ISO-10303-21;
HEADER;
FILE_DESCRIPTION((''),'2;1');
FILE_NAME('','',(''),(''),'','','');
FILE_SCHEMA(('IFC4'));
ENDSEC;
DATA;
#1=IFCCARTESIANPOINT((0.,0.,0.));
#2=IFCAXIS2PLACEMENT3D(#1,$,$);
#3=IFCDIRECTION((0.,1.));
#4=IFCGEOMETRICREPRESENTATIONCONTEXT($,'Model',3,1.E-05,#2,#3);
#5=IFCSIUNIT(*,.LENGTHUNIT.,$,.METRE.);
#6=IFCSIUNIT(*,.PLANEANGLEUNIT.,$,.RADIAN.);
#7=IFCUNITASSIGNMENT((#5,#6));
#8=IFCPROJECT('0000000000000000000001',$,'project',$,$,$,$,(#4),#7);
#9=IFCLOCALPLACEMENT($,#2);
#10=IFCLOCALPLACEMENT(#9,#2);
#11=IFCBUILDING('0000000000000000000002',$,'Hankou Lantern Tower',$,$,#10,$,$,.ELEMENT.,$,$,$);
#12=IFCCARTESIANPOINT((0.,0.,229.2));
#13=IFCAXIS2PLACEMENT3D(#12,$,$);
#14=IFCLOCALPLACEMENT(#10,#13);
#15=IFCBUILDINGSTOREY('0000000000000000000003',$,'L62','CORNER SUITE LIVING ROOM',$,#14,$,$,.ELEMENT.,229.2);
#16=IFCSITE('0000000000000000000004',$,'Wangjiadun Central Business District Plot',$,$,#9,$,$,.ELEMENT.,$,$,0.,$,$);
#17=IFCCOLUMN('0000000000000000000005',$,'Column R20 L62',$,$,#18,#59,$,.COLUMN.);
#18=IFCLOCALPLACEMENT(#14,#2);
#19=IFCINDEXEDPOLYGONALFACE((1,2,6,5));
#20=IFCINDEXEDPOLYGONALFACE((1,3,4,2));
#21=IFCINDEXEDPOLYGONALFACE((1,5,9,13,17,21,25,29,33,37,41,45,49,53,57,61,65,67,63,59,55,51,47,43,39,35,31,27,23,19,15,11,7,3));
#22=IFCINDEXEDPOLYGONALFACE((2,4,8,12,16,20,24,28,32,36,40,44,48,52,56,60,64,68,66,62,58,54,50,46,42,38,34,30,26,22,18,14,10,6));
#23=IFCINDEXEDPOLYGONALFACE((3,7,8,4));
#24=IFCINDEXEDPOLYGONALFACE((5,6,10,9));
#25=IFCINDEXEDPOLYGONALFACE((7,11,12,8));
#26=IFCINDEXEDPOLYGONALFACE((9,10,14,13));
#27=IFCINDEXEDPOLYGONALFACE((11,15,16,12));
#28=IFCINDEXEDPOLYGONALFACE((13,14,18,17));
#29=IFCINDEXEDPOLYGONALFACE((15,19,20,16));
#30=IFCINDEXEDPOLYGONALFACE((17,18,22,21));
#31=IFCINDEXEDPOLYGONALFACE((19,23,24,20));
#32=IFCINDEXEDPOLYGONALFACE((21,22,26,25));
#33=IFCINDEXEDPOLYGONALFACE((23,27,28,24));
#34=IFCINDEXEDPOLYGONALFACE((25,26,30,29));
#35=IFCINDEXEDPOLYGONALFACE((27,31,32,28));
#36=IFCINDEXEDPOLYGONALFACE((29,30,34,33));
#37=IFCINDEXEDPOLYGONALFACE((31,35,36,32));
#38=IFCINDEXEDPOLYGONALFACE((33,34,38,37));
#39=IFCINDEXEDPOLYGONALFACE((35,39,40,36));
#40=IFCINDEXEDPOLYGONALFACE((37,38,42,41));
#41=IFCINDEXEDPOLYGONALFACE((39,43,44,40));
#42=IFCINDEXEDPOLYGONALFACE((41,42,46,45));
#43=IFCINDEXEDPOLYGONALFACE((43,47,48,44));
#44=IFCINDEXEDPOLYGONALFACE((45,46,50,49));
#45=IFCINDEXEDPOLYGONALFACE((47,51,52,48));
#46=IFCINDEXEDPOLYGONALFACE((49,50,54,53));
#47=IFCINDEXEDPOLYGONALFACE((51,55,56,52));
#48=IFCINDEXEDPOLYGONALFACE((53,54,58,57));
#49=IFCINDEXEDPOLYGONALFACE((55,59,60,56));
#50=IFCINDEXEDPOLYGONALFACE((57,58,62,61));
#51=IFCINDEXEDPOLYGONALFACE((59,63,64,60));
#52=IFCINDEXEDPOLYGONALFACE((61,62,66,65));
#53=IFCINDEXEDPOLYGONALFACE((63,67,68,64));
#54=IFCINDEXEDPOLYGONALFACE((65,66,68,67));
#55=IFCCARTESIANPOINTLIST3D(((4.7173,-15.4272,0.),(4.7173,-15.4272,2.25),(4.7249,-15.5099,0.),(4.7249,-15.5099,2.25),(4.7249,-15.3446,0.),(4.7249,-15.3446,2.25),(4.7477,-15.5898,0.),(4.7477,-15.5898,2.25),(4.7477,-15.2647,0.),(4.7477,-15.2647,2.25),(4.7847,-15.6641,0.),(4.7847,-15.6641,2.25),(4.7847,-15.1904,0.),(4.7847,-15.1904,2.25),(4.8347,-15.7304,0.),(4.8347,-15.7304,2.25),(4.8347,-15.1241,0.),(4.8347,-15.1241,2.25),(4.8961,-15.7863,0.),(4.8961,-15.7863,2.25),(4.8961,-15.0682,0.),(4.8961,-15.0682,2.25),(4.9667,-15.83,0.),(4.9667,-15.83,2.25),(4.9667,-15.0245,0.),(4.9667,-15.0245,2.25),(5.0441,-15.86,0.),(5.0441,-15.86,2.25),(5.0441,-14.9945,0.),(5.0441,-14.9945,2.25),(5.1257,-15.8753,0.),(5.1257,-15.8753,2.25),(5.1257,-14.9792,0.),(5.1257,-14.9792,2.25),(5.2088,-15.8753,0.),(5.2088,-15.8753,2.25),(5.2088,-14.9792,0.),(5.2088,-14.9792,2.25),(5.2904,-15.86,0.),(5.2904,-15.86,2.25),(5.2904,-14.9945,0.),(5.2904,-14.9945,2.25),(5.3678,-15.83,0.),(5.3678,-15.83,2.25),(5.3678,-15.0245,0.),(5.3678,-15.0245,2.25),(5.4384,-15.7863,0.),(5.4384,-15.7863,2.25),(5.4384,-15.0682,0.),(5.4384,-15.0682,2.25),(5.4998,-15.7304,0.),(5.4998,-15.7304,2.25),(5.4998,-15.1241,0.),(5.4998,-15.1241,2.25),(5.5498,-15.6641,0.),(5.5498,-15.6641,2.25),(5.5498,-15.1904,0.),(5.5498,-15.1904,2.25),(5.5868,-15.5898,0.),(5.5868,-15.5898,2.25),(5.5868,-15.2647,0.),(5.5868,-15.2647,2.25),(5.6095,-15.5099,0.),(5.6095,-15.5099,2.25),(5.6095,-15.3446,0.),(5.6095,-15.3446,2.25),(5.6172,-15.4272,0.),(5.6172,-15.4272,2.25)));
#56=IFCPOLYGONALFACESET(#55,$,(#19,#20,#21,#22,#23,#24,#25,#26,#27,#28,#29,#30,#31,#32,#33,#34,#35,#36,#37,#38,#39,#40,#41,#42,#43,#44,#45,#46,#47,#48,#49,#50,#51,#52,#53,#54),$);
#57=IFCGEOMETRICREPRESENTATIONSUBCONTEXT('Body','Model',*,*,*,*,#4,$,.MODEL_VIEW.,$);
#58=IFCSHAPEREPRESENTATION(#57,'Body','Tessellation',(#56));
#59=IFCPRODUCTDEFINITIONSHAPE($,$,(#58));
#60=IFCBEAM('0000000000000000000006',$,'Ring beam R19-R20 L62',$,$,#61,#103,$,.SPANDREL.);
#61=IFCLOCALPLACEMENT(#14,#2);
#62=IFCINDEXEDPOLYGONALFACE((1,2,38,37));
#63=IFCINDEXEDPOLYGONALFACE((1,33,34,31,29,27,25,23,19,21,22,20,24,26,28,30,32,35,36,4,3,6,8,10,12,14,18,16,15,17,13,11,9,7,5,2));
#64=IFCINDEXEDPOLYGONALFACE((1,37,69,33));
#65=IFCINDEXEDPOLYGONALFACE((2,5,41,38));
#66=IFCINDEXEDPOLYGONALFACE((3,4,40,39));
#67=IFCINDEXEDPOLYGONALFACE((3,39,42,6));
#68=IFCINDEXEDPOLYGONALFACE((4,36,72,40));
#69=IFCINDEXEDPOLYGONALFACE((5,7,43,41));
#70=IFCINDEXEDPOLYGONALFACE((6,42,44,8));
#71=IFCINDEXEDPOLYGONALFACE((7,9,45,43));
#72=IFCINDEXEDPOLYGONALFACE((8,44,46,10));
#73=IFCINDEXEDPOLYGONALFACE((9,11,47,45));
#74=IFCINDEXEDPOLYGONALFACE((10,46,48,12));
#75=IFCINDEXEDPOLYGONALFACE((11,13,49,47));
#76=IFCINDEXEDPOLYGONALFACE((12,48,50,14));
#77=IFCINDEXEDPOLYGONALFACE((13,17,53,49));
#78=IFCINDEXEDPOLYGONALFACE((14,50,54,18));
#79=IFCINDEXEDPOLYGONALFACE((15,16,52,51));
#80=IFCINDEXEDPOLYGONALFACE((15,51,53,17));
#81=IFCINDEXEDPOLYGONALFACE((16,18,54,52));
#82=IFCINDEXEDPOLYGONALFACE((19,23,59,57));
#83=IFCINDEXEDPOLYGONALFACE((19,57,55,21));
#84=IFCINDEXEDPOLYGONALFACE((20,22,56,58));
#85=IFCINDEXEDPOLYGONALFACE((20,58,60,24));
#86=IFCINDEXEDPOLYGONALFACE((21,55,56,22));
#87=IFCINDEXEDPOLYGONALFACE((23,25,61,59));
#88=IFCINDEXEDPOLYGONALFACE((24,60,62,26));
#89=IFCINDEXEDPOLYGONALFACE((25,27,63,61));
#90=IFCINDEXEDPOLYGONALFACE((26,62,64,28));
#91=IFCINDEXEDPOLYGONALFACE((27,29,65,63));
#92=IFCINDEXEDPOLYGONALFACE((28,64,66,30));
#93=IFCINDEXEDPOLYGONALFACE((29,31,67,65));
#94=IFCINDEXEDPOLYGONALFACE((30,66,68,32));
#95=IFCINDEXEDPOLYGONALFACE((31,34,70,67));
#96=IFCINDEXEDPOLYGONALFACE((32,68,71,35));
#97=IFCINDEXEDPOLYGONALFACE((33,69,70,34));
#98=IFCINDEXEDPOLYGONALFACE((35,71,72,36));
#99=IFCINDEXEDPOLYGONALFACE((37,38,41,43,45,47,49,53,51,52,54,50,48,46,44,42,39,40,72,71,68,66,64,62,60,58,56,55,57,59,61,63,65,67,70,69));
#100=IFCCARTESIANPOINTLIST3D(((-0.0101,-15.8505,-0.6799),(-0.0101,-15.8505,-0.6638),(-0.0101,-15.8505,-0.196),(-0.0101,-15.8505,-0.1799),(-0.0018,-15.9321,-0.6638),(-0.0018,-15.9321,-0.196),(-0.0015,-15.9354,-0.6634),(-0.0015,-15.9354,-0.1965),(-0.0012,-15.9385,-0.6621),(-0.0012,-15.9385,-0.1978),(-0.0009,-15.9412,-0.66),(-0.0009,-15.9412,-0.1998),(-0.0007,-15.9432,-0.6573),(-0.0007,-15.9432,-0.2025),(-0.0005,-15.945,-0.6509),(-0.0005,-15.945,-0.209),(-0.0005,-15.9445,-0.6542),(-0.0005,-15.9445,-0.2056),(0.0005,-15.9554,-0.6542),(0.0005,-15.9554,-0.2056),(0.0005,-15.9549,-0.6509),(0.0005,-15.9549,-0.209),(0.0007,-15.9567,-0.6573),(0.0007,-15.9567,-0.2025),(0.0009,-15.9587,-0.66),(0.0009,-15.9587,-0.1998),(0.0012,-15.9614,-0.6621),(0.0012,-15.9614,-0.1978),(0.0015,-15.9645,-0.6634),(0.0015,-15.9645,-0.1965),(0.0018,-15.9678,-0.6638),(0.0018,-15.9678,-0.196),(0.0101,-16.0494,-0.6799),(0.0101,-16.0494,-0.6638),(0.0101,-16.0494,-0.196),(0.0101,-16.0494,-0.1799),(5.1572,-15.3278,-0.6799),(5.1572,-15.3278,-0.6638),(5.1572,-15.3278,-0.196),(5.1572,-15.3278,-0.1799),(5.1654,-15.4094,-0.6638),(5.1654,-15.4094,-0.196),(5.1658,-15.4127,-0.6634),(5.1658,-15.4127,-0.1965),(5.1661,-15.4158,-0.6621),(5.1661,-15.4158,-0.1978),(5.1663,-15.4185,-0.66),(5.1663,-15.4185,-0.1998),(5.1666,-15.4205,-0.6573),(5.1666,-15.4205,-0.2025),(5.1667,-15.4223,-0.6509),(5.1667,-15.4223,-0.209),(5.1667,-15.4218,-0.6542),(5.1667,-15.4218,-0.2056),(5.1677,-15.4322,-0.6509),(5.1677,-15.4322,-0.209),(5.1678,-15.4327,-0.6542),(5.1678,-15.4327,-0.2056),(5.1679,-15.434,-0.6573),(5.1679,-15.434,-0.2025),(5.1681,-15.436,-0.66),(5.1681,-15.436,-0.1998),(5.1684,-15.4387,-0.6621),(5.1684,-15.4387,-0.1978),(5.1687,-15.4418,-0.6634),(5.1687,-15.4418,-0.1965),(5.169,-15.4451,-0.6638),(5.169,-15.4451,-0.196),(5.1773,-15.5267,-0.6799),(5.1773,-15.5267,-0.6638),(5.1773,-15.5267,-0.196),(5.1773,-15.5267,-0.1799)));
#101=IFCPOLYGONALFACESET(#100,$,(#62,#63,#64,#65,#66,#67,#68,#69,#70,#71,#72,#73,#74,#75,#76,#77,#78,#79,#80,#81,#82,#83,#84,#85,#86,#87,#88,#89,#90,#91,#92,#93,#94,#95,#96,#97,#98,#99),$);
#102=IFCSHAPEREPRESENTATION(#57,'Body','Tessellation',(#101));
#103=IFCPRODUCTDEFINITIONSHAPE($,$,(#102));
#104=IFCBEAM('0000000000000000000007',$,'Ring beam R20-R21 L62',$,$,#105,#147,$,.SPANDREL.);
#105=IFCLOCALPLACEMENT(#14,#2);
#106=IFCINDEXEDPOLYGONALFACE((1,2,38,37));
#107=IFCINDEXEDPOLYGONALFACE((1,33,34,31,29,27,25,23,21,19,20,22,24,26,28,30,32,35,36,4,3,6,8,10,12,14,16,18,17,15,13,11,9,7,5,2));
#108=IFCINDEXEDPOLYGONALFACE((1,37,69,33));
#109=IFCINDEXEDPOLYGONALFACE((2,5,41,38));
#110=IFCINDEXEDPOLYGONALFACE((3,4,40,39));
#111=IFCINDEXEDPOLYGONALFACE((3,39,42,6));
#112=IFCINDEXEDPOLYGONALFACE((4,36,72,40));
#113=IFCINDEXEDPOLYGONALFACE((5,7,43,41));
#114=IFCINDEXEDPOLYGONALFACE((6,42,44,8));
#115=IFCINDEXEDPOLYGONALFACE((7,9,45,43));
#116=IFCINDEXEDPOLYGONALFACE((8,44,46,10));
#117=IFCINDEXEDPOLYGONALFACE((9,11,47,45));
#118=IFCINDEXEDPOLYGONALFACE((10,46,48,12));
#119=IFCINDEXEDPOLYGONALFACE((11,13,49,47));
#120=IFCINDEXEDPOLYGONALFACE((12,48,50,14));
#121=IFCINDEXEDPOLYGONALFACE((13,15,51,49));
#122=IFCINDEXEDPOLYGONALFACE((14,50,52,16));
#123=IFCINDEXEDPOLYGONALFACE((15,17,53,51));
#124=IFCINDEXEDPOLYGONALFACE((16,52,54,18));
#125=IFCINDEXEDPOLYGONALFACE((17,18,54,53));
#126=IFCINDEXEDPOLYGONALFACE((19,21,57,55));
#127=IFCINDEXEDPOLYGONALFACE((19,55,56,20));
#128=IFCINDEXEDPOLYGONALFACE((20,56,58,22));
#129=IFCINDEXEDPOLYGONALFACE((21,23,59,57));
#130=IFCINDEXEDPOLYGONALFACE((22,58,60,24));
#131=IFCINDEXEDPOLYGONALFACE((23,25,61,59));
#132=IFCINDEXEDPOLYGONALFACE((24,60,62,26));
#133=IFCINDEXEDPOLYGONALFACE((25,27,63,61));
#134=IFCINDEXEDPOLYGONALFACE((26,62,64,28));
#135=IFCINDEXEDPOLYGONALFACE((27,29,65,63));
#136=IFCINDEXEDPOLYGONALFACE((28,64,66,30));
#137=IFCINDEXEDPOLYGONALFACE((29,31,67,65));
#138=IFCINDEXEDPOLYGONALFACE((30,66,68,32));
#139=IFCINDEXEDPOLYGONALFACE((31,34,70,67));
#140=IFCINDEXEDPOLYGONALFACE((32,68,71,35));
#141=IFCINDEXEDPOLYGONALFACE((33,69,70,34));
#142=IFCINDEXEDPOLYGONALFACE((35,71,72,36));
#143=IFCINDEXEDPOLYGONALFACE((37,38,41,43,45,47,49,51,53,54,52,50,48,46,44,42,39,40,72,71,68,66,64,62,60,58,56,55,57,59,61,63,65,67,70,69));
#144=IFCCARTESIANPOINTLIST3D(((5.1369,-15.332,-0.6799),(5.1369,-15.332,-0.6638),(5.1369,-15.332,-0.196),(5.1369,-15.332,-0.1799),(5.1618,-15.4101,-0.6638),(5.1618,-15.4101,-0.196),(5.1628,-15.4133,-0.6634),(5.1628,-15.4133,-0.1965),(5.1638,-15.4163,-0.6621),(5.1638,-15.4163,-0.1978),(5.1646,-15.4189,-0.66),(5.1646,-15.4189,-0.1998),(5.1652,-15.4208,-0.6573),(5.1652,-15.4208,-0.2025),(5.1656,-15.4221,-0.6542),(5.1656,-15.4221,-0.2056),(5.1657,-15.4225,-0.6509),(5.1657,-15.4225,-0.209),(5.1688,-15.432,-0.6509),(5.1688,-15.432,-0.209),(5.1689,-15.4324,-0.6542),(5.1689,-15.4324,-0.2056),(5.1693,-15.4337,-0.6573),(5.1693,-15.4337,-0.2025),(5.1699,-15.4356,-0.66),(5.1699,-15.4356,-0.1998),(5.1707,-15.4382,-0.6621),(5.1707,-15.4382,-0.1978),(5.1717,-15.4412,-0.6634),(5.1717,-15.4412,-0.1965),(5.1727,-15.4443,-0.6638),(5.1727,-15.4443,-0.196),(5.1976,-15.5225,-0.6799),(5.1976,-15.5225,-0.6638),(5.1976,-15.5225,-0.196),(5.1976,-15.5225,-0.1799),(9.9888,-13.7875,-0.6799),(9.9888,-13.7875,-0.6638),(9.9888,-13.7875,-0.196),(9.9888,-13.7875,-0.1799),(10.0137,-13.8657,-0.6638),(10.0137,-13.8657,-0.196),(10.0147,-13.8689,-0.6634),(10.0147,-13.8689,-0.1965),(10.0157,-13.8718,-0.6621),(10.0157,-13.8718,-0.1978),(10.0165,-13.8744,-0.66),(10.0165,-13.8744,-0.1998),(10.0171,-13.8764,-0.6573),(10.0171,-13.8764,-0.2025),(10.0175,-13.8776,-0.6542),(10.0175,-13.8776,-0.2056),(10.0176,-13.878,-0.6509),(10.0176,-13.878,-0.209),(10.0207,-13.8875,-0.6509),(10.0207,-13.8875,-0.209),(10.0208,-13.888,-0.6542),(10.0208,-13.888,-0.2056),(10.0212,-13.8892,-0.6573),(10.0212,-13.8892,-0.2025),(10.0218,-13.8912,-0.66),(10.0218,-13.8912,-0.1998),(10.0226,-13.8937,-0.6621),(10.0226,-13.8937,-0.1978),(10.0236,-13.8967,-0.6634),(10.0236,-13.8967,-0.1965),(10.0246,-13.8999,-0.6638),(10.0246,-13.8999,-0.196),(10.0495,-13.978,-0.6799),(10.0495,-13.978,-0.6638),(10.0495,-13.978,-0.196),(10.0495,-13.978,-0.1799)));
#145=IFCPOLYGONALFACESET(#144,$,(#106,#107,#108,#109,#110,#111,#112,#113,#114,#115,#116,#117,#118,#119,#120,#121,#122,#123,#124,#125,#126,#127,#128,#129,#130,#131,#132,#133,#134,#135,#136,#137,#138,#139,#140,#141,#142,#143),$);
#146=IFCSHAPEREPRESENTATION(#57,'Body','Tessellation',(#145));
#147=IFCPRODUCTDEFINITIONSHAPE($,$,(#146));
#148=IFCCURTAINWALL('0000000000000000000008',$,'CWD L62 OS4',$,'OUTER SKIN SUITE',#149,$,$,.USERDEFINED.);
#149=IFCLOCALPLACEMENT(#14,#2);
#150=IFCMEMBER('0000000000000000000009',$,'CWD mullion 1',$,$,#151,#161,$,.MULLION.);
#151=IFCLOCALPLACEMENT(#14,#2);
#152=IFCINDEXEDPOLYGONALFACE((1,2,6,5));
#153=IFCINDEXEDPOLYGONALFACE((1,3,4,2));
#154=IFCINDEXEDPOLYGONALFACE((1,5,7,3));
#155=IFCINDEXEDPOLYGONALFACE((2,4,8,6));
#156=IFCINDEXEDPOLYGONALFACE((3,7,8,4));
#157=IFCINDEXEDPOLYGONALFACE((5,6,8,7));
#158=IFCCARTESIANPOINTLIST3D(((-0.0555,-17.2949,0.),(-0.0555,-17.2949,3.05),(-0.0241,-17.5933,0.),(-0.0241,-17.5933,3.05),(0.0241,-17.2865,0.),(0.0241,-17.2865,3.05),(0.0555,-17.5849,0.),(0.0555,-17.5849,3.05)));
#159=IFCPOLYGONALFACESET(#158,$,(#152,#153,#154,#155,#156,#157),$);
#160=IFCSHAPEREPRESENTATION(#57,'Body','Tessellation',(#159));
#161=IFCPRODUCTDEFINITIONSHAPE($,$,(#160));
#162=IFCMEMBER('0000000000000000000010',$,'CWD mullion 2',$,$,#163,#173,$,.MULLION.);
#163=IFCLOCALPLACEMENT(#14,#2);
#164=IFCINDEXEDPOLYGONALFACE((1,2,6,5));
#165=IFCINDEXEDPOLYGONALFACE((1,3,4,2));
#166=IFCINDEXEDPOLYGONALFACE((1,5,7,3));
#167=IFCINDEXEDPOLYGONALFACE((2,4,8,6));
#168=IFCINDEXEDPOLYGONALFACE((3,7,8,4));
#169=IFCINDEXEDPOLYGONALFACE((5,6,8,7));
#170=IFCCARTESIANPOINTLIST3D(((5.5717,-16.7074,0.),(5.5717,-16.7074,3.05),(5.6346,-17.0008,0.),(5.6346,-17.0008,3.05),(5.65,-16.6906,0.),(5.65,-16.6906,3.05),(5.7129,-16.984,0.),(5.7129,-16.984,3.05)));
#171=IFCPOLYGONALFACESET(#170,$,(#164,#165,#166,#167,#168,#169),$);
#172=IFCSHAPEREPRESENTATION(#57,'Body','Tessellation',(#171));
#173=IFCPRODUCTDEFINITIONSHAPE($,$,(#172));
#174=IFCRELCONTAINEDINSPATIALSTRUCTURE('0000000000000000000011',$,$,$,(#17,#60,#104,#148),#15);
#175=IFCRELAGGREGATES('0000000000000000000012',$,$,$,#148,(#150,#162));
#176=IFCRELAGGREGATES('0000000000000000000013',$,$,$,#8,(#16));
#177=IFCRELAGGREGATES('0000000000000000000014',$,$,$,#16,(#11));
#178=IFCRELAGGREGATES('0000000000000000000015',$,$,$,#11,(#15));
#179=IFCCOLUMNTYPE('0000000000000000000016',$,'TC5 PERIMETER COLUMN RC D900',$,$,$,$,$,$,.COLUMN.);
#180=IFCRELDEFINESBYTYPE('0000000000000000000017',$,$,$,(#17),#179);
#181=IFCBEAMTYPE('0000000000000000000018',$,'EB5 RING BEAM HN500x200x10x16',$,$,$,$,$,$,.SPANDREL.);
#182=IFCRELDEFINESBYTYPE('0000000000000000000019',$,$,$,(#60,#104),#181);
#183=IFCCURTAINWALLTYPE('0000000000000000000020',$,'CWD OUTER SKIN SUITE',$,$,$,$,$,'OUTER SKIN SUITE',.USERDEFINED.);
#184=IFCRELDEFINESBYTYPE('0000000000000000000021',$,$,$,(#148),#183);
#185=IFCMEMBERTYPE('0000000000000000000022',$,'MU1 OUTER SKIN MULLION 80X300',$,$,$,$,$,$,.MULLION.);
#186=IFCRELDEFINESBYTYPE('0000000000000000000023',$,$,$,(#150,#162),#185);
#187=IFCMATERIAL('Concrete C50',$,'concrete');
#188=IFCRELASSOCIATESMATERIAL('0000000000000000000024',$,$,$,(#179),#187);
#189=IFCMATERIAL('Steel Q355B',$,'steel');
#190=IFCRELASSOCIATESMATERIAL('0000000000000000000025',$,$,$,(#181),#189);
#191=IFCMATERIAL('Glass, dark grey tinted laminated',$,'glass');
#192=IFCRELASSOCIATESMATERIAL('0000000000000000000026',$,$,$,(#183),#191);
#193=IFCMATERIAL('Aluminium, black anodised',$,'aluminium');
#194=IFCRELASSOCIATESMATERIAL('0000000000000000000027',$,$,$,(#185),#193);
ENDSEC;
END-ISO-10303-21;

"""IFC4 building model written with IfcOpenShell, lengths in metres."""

from ifc_helpers import new_model, si_unit, direction, frame, origin, origin_2d, place, context, subcontext, project, spatial, rectangle, circle, i_section, extrude, clip, halfspace, material, material_profile, profile_set, type_object, element, aggregate, save


model = new_model("IFC4")

# Units and contexts
model_context = context("Model", 3, precision=1e-05, world=origin(), true_north=direction((0.0, 1.0)))
body_context = subcontext(model_context, "Body", "Model", "MODEL_VIEW")
ifc_project = project(units=[si_unit("LENGTHUNIT", "METRE"), si_unit("PLANEANGLEUNIT", "RADIAN")], contexts=[model_context])

# Site, building, storey
site_placement = place(None, origin())
site = spatial("IfcSite", under=ifc_project, at=site_placement, Name="Wangjiadun Central Business District Plot", CompositionType="ELEMENT", RefElevation=0.0)
building_placement = place(site_placement, origin())
building = spatial("IfcBuilding", under=site, at=building_placement, Name="Hankou Lantern Tower", CompositionType="ELEMENT")
storey_placement = place(building_placement, frame((0.0, 0.0, 229.2)))
storey = spatial("IfcBuildingStorey", under=building, at=storey_placement, Name="L62", Description="CORNER SUITE LIVING ROOM", CompositionType="ELEMENT", Elevation=229.2)

# Column
ifc_material_1 = material(Name="Concrete C50", Category="concrete")
ifc_material_profile_1 = material_profile(ifc_material_1, circle(Radius=0.45, at=origin_2d()), Name="RC D900")
ifc_profile_set_1 = profile_set([ifc_material_profile_1], Name="Concrete C50")
column_type = type_object("IfcColumnType", Name="TC5 PERIMETER COLUMN RC D900", PredefinedType="COLUMN", material=ifc_profile_set_1)
column_placement = place(storey_placement, frame((5.1672, -15.4272, 0.0), z_axis=(0.0, 0.0, 1.0), x_axis=(1.0, 0.0, 0.0)))
element("IfcColumn", 1, at=column_placement, inside=storey, type_object=column_type, Name="Column R20 L62", PredefinedType="COLUMN", context=body_context, shape_type="Clipping", body=[
    clip(extrude(circle(Radius=0.45, at=origin_2d()), origin(), (0.0, 0.0, 1.0), 3.3), halfspace(frame((0.0, 0.0, 2.25), z_axis=(0.0, 0.0, 1.0), x_axis=(1.0, 0.0, 0.0)), False)),
])

# Beams
ifc_material_2 = material(Name="Steel Q355B", Category="steel")
ifc_material_profile_2 = material_profile(ifc_material_2, i_section(OverallWidth=0.2, OverallDepth=0.5, WebThickness=0.01, FlangeThickness=0.0161, FilletRadius=0.0129, at=origin_2d()), Name="HN500x200x10x16")
ifc_profile_set_2 = profile_set([ifc_material_profile_2], Name="Steel Q355B")
beam_type_1 = type_object("IfcBeamType", Name="EB5 RING BEAM HN500x200x10x16", PredefinedType="SPANDREL", material=ifc_profile_set_2)
beam_1_placement = place(storey_placement, frame((0.0, -15.95, -0.4299), z_axis=(0.994923, 0.100644, 0.0), x_axis=(-0.100644, 0.994923, 0.0)))
element("IfcBeam", 2, at=beam_1_placement, inside=storey, type_object=beam_type_1, Name="Ring beam R19-R20 L62", PredefinedType="SPANDREL", context=body_context, shape_type="SweptSolid", body=[
    extrude(i_section(OverallWidth=0.2, OverallDepth=0.5, WebThickness=0.01, FlangeThickness=0.0161, FilletRadius=0.0129, at=origin_2d()), origin(), (0.0, 0.0, 1.0), 5.1936),
])
beam_2_placement = place(storey_placement, frame((5.1672, -15.4272, -0.4299), z_axis=(0.952887, 0.303324, 0.0), x_axis=(-0.303324, 0.952887, 0.0)))
element("IfcBeam", 3, at=beam_2_placement, inside=storey, type_object=beam_type_1, Name="Ring beam R20-R21 L62", PredefinedType="SPANDREL", context=body_context, shape_type="SweptSolid", body=[
    extrude(i_section(OverallWidth=0.2, OverallDepth=0.5, WebThickness=0.01, FlangeThickness=0.0161, FilletRadius=0.0129, at=origin_2d()), origin(), (0.0, 0.0, 1.0), 5.0918),
])

# Curtain wall, members
ifc_material_3 = material(Name="Glass, dark grey tinted laminated", Category="glass")
curtain_wall_type = type_object("IfcCurtainWallType", Name="CWD OUTER SKIN SUITE", ElementType="OUTER SKIN SUITE", PredefinedType="USERDEFINED", material=ifc_material_3)
curtain_wall_placement = place(storey_placement, origin())
curtain_wall = element("IfcCurtainWall", 4, at=curtain_wall_placement, inside=storey, type_object=curtain_wall_type, Name="CWD L62 OS4", ObjectType="OUTER SKIN SUITE", PredefinedType="USERDEFINED")
ifc_material_4 = material(Name="Aluminium, black anodised", Category="aluminium")
ifc_material_profile_3 = material_profile(ifc_material_4, rectangle(XDim=0.0801, YDim=0.3, at=origin_2d()), Name="MU1 80X300")
ifc_profile_set_3 = profile_set([ifc_material_profile_3], Name="Aluminium, black anodised")
member_type_1 = type_object("IfcMemberType", Name="MU1 OUTER SKIN MULLION 80X300", PredefinedType="MULLION", material=ifc_profile_set_3)
member_1_placement = place(storey_placement, frame((0.0, -17.4399, 0.0), z_axis=(0.0, 0.0, 1.0), x_axis=(0.994499, 0.104743, 0.0)))
member_1 = element("IfcMember", 5, at=member_1_placement, type_object=member_type_1, Name="CWD mullion 1", PredefinedType="MULLION", context=body_context, shape_type="SweptSolid", body=[
    extrude(rectangle(XDim=0.0801, YDim=0.3, at=origin_2d()), origin(), (0.0, 0.0, 1.0), 3.05),
])
member_2_placement = place(storey_placement, frame((5.6423, -16.8457, 0.0), z_axis=(0.0, 0.0, 1.0), x_axis=(0.977788, 0.209598, 0.0)))
member_2 = element("IfcMember", 6, at=member_2_placement, type_object=member_type_1, Name="CWD mullion 2", PredefinedType="MULLION", context=body_context, shape_type="SweptSolid", body=[
    extrude(rectangle(XDim=0.0801, YDim=0.3, at=origin_2d()), origin(), (0.0, 0.0, 1.0), 3.05),
])

aggregate(curtain_wall, [member_1, member_2])

save(model, "model.ifc")
